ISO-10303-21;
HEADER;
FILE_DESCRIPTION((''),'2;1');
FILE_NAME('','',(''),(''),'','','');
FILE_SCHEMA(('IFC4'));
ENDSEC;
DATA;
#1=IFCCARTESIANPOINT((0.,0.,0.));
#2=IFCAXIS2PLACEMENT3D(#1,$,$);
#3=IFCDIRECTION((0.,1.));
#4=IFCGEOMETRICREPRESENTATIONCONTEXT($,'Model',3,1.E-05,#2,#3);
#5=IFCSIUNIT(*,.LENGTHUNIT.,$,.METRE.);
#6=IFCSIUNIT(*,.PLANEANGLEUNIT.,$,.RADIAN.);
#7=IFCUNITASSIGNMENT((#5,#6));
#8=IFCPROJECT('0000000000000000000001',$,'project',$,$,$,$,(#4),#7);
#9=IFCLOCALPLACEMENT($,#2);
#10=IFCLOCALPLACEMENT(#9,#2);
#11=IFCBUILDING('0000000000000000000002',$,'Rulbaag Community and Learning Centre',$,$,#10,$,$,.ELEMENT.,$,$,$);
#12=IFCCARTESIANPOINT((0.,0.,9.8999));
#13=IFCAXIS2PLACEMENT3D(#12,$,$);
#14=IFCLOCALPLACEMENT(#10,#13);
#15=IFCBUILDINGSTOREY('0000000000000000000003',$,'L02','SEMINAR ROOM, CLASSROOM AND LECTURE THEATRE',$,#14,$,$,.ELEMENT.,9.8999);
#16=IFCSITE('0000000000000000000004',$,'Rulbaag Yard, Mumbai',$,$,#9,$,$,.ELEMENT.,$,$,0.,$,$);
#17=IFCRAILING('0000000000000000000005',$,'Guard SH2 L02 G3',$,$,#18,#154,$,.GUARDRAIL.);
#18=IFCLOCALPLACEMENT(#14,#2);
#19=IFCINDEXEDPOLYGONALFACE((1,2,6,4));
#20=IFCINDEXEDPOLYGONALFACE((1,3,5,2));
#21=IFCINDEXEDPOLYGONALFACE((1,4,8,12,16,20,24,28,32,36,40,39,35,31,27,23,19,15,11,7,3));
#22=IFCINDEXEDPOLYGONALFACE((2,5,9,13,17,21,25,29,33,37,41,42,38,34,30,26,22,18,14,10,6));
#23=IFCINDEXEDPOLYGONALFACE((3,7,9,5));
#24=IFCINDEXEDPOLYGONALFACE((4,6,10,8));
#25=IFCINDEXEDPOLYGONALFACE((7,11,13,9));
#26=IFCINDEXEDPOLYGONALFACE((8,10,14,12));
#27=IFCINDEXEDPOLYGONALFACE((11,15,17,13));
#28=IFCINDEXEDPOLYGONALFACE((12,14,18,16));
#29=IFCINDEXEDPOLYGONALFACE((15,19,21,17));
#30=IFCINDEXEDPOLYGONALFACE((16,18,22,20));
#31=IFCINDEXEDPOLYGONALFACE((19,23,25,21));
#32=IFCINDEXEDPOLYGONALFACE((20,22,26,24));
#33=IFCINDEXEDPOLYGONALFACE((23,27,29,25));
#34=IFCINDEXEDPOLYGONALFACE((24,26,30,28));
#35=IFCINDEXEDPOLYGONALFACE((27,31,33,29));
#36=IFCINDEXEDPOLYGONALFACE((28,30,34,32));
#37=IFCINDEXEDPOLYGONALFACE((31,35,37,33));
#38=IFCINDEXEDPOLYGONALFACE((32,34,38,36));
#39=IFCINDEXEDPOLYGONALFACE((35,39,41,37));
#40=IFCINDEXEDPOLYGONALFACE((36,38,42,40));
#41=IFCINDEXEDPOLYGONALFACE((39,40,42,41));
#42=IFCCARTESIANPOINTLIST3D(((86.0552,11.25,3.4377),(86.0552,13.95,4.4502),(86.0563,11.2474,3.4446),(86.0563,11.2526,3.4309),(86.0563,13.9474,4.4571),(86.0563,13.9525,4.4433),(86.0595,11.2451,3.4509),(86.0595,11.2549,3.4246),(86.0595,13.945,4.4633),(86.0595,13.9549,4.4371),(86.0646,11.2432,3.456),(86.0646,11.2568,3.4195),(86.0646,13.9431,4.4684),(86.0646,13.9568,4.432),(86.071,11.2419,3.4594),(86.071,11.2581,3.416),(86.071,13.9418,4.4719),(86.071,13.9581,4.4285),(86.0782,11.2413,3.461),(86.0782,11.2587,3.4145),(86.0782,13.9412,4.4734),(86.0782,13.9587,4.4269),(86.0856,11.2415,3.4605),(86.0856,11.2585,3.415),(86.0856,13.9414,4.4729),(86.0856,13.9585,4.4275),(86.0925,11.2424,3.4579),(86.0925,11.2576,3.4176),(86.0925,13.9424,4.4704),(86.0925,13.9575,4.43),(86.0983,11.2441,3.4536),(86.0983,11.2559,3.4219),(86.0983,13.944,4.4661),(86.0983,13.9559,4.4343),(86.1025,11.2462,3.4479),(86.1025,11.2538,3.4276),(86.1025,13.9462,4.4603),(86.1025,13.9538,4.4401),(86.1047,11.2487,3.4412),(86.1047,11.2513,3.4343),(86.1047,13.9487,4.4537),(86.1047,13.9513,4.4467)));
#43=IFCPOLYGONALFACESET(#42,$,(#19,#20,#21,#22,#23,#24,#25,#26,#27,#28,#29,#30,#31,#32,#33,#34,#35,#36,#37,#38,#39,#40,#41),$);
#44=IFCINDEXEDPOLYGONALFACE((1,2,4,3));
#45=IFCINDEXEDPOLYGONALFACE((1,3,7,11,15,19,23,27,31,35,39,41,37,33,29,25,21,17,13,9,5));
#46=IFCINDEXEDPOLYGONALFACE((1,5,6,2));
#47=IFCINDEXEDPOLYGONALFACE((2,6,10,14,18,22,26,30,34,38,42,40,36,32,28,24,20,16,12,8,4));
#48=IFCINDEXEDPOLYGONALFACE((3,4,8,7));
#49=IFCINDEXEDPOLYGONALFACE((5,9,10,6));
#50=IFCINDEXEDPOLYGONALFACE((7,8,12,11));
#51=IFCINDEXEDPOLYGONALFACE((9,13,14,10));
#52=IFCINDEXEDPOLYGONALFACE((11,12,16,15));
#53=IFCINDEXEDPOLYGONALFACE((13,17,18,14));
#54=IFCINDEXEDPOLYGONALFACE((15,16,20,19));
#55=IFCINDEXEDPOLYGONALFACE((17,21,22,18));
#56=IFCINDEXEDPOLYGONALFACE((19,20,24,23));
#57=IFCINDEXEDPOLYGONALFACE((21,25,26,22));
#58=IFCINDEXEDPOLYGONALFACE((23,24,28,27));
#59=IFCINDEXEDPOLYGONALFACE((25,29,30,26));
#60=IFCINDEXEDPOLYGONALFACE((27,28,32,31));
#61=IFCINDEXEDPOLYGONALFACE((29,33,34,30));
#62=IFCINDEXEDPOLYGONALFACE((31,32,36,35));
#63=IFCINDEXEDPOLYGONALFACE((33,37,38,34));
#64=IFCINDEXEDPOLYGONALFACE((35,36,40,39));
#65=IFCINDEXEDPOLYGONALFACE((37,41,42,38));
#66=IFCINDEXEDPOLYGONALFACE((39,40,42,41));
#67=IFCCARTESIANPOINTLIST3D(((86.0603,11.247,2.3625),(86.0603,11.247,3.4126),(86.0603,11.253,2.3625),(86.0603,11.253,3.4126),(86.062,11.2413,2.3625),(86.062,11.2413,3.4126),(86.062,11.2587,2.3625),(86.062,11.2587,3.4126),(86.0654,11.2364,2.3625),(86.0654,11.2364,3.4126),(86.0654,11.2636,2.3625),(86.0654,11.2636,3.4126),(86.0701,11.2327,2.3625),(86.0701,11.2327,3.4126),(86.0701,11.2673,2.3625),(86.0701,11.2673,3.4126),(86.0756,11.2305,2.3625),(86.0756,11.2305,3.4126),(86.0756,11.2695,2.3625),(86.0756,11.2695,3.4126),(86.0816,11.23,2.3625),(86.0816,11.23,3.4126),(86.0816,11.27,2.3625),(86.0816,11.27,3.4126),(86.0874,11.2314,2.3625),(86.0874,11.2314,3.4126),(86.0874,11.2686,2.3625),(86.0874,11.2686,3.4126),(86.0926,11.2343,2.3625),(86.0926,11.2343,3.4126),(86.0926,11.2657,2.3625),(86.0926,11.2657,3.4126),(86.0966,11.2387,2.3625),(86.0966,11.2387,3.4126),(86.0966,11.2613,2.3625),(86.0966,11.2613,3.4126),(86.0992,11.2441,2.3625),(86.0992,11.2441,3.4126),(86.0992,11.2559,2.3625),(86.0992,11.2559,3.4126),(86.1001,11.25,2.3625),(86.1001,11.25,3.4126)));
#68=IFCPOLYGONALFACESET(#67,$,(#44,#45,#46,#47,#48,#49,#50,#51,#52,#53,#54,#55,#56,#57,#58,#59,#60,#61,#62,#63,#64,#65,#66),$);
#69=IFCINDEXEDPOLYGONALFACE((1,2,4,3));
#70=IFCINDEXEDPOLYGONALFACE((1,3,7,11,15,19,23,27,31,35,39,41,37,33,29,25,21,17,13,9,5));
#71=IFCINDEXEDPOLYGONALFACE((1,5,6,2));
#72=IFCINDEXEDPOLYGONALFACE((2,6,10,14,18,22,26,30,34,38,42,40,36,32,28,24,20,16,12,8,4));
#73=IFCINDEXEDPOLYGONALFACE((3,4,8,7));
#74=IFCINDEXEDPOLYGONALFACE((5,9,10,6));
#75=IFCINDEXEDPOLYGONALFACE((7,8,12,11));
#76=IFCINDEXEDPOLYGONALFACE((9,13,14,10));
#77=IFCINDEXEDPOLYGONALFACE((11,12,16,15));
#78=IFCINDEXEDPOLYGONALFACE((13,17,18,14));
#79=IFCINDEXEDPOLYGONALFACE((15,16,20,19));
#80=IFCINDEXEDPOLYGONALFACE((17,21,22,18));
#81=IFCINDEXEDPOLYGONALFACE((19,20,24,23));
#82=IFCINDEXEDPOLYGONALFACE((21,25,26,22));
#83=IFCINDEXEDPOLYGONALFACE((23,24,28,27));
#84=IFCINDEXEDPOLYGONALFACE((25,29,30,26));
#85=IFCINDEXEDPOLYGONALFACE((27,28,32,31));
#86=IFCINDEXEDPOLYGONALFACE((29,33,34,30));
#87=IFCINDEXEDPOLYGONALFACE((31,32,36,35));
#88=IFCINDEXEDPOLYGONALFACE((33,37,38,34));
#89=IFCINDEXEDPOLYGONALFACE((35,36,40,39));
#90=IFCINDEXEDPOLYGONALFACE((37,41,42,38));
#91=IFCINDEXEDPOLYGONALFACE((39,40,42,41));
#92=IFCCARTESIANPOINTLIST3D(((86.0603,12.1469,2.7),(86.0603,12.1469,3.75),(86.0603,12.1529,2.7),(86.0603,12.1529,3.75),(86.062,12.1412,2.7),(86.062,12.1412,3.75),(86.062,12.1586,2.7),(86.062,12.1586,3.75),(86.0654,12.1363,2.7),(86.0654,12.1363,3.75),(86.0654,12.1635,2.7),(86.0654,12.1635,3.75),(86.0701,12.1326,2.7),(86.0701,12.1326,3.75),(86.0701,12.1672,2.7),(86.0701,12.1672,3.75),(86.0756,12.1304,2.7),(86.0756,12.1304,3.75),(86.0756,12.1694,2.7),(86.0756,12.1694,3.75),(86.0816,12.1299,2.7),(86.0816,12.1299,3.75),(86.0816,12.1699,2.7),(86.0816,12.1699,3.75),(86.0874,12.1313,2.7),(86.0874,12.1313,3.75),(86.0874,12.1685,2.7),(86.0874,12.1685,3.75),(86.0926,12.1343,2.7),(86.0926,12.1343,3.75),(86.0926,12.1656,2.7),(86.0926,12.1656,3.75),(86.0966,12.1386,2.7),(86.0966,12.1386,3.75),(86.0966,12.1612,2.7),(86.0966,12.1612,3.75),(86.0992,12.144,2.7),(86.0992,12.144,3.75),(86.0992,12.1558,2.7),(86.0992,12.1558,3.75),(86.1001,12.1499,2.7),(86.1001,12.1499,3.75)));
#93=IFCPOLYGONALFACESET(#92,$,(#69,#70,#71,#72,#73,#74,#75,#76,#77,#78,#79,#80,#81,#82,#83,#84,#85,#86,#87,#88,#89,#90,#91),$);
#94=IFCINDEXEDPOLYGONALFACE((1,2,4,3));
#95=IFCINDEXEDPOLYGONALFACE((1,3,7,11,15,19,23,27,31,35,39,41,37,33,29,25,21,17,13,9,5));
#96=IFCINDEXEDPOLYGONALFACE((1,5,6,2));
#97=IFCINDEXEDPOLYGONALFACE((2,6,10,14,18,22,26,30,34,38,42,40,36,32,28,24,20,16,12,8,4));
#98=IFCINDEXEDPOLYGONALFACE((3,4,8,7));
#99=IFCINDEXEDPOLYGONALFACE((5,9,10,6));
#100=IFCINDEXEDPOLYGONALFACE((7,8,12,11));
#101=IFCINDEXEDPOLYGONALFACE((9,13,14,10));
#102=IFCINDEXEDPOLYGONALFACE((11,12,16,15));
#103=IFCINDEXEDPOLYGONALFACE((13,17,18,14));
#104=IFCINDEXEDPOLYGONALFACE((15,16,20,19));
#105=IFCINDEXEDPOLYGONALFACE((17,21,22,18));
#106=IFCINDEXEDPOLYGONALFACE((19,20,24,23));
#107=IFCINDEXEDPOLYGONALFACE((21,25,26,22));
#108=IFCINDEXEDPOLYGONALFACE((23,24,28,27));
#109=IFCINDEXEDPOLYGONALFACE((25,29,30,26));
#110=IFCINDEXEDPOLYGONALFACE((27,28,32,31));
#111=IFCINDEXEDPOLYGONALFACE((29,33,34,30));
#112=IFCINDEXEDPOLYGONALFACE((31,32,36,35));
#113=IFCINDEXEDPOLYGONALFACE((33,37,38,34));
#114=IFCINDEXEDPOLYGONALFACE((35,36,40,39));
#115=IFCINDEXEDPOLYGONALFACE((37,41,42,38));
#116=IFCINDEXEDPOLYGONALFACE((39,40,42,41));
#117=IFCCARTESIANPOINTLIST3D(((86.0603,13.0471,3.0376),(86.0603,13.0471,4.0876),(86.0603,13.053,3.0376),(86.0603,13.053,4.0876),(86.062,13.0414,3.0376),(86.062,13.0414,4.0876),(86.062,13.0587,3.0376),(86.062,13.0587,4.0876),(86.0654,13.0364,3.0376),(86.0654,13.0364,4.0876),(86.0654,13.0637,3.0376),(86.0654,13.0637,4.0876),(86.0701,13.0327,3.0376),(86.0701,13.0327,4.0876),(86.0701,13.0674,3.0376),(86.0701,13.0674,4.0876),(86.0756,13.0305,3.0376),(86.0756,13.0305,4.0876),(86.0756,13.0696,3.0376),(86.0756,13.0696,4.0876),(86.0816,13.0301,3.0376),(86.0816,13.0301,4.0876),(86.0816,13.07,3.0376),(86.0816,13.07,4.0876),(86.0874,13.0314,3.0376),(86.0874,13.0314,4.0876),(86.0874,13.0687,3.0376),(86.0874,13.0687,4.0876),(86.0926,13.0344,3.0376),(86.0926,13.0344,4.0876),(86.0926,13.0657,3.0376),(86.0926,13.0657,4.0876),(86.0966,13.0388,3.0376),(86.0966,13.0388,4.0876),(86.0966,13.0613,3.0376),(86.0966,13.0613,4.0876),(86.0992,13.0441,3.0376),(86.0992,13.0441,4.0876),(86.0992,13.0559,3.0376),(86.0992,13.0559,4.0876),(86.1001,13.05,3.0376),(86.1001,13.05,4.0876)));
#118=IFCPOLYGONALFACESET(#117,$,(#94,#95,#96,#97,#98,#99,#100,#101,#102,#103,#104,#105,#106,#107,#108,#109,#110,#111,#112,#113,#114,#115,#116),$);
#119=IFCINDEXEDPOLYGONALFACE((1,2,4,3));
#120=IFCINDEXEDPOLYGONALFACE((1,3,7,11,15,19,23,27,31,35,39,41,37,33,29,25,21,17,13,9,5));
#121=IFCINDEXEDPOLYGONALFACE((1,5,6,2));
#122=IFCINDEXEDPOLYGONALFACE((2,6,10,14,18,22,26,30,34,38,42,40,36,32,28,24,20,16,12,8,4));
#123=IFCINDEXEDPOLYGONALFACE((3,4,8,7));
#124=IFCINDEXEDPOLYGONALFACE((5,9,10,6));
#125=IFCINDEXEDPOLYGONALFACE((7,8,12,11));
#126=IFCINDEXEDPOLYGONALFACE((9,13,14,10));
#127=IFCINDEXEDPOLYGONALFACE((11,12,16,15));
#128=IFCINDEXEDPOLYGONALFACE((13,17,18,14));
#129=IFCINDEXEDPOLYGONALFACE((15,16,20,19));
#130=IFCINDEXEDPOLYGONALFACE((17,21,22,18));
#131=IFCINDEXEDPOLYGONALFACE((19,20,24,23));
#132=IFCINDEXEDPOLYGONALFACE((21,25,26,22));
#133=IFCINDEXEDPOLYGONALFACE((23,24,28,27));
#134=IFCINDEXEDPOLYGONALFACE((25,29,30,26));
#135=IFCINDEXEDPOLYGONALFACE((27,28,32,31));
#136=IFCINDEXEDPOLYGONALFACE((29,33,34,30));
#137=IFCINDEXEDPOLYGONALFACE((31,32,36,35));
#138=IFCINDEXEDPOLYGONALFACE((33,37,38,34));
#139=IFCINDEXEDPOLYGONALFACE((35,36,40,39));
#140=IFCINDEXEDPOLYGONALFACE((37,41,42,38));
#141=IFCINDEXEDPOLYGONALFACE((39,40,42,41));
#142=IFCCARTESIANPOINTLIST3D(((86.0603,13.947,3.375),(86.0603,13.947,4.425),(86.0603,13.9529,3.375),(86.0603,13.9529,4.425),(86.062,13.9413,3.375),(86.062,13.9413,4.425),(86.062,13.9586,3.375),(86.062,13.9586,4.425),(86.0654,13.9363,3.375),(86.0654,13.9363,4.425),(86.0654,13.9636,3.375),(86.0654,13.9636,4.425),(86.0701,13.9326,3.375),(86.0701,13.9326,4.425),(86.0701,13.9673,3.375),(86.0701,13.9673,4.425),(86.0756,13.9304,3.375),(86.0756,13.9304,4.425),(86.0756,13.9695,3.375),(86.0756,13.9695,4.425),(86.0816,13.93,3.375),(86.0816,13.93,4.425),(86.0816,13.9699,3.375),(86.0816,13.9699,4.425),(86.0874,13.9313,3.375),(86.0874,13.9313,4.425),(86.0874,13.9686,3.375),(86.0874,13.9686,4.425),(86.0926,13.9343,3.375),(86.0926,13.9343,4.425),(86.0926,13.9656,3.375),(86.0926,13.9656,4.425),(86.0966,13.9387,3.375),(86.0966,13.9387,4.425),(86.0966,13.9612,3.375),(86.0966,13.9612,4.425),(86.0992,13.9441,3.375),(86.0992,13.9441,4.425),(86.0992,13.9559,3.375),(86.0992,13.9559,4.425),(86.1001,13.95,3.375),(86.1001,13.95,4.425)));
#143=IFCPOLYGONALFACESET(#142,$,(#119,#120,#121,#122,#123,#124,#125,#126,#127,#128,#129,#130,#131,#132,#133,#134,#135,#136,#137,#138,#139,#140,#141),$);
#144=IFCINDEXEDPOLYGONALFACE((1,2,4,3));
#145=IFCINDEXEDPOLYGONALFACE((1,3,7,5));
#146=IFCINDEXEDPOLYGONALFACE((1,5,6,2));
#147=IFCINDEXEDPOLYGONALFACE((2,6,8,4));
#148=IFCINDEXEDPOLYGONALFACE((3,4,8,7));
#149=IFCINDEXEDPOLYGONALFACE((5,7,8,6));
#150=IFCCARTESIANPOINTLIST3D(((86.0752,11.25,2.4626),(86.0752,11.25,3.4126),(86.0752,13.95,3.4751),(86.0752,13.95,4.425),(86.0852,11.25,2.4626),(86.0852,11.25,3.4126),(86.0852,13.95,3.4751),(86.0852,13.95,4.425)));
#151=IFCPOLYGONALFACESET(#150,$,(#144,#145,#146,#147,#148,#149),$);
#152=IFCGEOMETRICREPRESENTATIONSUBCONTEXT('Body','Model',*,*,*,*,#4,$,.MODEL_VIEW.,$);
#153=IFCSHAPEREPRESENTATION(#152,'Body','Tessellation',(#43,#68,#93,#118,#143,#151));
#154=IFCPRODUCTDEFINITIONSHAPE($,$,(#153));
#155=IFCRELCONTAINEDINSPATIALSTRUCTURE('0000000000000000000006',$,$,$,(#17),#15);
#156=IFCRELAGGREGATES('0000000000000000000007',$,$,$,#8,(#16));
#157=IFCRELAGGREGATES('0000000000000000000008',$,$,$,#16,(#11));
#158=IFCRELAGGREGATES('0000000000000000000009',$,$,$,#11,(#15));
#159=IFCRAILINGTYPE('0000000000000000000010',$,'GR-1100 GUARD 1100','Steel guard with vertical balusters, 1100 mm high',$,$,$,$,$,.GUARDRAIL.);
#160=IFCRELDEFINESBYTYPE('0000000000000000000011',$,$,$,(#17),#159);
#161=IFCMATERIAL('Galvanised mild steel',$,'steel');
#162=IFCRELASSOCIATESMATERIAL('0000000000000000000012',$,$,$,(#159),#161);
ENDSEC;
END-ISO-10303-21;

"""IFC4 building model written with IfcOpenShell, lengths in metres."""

from ifc_helpers import new_model, si_unit, direction, frame, origin, origin_2d, place, context, subcontext, project, spatial, polyline, circle, outline, extrude, material, type_object, element, save


model = new_model("IFC4")

# Units and contexts
model_context = context("Model", 3, precision=1e-05, world=origin(), true_north=direction((0.0, 1.0)))
body_context = subcontext(model_context, "Body", "Model", "MODEL_VIEW")
ifc_project = project(units=[si_unit("LENGTHUNIT", "METRE"), si_unit("PLANEANGLEUNIT", "RADIAN")], contexts=[model_context])

# Site, building, storey
site_placement = place(None, origin())
site = spatial("IfcSite", under=ifc_project, at=site_placement, Name="Rulbaag Yard, Mumbai", CompositionType="ELEMENT", RefElevation=0.0)
building_placement = place(site_placement, origin())
building = spatial("IfcBuilding", under=site, at=building_placement, Name="Rulbaag Community and Learning Centre", CompositionType="ELEMENT")
storey_placement = place(building_placement, frame((0.0, 0.0, 9.8999)))
storey = spatial("IfcBuildingStorey", under=building, at=storey_placement, Name="L02", Description="SEMINAR ROOM, CLASSROOM AND LECTURE THEATRE", CompositionType="ELEMENT", Elevation=9.8999)

# Railing
ifc_material_1 = material(Name="Galvanised mild steel", Category="steel")
railing_type_1 = type_object("IfcRailingType", Name="GR-1100 GUARD 1100", Description="Steel guard with vertical balusters, 1100 mm high", PredefinedType="GUARDRAIL", material=ifc_material_1)
railing_1_placement = place(storey_placement, frame((86.0801, 11.25, 2.3625)))
element("IfcRailing", 1, at=railing_1_placement, inside=storey, type_object=railing_type_1, Name="Guard SH2 L02 G3", PredefinedType="GUARDRAIL", context=body_context, shape_type="SweptSolid", body=[
    extrude(circle(Radius=0.0249, at=origin_2d()), frame((0.0, 0.0, 1.0752), z_axis=(0.0, 0.936333, 0.351114), x_axis=(-1.0, 0.0, 0.0)), (0.0, 0.0, 1.0), 2.8835),
    extrude(circle(Radius=0.02, at=origin_2d()), origin(), (0.0, 0.0, 1.0), 1.05),
    extrude(circle(Radius=0.02, at=origin_2d()), frame((0.0, 0.8999, 0.3374)), (0.0, 0.0, 1.0), 1.05),
    extrude(circle(Radius=0.02, at=origin_2d()), frame((0.0, 1.8, 0.675)), (0.0, 0.0, 1.0), 1.05),
    extrude(circle(Radius=0.02, at=origin_2d()), frame((0.0, 2.7, 1.0125)), (0.0, 0.0, 1.0), 1.05),
    extrude(outline(polyline([(0.0, 0.0), (2.7, 1.0125), (2.7, 1.9624), (0.0, 0.95), (0.0, 0.0)])), frame((-0.0049, 0.0, 0.1001), z_axis=(1.0, 0.0, 0.0), x_axis=(0.0, 1.0, 0.0)), (0.0, 0.0, 1.0), 0.01),
])

save(model, "model.ifc")
